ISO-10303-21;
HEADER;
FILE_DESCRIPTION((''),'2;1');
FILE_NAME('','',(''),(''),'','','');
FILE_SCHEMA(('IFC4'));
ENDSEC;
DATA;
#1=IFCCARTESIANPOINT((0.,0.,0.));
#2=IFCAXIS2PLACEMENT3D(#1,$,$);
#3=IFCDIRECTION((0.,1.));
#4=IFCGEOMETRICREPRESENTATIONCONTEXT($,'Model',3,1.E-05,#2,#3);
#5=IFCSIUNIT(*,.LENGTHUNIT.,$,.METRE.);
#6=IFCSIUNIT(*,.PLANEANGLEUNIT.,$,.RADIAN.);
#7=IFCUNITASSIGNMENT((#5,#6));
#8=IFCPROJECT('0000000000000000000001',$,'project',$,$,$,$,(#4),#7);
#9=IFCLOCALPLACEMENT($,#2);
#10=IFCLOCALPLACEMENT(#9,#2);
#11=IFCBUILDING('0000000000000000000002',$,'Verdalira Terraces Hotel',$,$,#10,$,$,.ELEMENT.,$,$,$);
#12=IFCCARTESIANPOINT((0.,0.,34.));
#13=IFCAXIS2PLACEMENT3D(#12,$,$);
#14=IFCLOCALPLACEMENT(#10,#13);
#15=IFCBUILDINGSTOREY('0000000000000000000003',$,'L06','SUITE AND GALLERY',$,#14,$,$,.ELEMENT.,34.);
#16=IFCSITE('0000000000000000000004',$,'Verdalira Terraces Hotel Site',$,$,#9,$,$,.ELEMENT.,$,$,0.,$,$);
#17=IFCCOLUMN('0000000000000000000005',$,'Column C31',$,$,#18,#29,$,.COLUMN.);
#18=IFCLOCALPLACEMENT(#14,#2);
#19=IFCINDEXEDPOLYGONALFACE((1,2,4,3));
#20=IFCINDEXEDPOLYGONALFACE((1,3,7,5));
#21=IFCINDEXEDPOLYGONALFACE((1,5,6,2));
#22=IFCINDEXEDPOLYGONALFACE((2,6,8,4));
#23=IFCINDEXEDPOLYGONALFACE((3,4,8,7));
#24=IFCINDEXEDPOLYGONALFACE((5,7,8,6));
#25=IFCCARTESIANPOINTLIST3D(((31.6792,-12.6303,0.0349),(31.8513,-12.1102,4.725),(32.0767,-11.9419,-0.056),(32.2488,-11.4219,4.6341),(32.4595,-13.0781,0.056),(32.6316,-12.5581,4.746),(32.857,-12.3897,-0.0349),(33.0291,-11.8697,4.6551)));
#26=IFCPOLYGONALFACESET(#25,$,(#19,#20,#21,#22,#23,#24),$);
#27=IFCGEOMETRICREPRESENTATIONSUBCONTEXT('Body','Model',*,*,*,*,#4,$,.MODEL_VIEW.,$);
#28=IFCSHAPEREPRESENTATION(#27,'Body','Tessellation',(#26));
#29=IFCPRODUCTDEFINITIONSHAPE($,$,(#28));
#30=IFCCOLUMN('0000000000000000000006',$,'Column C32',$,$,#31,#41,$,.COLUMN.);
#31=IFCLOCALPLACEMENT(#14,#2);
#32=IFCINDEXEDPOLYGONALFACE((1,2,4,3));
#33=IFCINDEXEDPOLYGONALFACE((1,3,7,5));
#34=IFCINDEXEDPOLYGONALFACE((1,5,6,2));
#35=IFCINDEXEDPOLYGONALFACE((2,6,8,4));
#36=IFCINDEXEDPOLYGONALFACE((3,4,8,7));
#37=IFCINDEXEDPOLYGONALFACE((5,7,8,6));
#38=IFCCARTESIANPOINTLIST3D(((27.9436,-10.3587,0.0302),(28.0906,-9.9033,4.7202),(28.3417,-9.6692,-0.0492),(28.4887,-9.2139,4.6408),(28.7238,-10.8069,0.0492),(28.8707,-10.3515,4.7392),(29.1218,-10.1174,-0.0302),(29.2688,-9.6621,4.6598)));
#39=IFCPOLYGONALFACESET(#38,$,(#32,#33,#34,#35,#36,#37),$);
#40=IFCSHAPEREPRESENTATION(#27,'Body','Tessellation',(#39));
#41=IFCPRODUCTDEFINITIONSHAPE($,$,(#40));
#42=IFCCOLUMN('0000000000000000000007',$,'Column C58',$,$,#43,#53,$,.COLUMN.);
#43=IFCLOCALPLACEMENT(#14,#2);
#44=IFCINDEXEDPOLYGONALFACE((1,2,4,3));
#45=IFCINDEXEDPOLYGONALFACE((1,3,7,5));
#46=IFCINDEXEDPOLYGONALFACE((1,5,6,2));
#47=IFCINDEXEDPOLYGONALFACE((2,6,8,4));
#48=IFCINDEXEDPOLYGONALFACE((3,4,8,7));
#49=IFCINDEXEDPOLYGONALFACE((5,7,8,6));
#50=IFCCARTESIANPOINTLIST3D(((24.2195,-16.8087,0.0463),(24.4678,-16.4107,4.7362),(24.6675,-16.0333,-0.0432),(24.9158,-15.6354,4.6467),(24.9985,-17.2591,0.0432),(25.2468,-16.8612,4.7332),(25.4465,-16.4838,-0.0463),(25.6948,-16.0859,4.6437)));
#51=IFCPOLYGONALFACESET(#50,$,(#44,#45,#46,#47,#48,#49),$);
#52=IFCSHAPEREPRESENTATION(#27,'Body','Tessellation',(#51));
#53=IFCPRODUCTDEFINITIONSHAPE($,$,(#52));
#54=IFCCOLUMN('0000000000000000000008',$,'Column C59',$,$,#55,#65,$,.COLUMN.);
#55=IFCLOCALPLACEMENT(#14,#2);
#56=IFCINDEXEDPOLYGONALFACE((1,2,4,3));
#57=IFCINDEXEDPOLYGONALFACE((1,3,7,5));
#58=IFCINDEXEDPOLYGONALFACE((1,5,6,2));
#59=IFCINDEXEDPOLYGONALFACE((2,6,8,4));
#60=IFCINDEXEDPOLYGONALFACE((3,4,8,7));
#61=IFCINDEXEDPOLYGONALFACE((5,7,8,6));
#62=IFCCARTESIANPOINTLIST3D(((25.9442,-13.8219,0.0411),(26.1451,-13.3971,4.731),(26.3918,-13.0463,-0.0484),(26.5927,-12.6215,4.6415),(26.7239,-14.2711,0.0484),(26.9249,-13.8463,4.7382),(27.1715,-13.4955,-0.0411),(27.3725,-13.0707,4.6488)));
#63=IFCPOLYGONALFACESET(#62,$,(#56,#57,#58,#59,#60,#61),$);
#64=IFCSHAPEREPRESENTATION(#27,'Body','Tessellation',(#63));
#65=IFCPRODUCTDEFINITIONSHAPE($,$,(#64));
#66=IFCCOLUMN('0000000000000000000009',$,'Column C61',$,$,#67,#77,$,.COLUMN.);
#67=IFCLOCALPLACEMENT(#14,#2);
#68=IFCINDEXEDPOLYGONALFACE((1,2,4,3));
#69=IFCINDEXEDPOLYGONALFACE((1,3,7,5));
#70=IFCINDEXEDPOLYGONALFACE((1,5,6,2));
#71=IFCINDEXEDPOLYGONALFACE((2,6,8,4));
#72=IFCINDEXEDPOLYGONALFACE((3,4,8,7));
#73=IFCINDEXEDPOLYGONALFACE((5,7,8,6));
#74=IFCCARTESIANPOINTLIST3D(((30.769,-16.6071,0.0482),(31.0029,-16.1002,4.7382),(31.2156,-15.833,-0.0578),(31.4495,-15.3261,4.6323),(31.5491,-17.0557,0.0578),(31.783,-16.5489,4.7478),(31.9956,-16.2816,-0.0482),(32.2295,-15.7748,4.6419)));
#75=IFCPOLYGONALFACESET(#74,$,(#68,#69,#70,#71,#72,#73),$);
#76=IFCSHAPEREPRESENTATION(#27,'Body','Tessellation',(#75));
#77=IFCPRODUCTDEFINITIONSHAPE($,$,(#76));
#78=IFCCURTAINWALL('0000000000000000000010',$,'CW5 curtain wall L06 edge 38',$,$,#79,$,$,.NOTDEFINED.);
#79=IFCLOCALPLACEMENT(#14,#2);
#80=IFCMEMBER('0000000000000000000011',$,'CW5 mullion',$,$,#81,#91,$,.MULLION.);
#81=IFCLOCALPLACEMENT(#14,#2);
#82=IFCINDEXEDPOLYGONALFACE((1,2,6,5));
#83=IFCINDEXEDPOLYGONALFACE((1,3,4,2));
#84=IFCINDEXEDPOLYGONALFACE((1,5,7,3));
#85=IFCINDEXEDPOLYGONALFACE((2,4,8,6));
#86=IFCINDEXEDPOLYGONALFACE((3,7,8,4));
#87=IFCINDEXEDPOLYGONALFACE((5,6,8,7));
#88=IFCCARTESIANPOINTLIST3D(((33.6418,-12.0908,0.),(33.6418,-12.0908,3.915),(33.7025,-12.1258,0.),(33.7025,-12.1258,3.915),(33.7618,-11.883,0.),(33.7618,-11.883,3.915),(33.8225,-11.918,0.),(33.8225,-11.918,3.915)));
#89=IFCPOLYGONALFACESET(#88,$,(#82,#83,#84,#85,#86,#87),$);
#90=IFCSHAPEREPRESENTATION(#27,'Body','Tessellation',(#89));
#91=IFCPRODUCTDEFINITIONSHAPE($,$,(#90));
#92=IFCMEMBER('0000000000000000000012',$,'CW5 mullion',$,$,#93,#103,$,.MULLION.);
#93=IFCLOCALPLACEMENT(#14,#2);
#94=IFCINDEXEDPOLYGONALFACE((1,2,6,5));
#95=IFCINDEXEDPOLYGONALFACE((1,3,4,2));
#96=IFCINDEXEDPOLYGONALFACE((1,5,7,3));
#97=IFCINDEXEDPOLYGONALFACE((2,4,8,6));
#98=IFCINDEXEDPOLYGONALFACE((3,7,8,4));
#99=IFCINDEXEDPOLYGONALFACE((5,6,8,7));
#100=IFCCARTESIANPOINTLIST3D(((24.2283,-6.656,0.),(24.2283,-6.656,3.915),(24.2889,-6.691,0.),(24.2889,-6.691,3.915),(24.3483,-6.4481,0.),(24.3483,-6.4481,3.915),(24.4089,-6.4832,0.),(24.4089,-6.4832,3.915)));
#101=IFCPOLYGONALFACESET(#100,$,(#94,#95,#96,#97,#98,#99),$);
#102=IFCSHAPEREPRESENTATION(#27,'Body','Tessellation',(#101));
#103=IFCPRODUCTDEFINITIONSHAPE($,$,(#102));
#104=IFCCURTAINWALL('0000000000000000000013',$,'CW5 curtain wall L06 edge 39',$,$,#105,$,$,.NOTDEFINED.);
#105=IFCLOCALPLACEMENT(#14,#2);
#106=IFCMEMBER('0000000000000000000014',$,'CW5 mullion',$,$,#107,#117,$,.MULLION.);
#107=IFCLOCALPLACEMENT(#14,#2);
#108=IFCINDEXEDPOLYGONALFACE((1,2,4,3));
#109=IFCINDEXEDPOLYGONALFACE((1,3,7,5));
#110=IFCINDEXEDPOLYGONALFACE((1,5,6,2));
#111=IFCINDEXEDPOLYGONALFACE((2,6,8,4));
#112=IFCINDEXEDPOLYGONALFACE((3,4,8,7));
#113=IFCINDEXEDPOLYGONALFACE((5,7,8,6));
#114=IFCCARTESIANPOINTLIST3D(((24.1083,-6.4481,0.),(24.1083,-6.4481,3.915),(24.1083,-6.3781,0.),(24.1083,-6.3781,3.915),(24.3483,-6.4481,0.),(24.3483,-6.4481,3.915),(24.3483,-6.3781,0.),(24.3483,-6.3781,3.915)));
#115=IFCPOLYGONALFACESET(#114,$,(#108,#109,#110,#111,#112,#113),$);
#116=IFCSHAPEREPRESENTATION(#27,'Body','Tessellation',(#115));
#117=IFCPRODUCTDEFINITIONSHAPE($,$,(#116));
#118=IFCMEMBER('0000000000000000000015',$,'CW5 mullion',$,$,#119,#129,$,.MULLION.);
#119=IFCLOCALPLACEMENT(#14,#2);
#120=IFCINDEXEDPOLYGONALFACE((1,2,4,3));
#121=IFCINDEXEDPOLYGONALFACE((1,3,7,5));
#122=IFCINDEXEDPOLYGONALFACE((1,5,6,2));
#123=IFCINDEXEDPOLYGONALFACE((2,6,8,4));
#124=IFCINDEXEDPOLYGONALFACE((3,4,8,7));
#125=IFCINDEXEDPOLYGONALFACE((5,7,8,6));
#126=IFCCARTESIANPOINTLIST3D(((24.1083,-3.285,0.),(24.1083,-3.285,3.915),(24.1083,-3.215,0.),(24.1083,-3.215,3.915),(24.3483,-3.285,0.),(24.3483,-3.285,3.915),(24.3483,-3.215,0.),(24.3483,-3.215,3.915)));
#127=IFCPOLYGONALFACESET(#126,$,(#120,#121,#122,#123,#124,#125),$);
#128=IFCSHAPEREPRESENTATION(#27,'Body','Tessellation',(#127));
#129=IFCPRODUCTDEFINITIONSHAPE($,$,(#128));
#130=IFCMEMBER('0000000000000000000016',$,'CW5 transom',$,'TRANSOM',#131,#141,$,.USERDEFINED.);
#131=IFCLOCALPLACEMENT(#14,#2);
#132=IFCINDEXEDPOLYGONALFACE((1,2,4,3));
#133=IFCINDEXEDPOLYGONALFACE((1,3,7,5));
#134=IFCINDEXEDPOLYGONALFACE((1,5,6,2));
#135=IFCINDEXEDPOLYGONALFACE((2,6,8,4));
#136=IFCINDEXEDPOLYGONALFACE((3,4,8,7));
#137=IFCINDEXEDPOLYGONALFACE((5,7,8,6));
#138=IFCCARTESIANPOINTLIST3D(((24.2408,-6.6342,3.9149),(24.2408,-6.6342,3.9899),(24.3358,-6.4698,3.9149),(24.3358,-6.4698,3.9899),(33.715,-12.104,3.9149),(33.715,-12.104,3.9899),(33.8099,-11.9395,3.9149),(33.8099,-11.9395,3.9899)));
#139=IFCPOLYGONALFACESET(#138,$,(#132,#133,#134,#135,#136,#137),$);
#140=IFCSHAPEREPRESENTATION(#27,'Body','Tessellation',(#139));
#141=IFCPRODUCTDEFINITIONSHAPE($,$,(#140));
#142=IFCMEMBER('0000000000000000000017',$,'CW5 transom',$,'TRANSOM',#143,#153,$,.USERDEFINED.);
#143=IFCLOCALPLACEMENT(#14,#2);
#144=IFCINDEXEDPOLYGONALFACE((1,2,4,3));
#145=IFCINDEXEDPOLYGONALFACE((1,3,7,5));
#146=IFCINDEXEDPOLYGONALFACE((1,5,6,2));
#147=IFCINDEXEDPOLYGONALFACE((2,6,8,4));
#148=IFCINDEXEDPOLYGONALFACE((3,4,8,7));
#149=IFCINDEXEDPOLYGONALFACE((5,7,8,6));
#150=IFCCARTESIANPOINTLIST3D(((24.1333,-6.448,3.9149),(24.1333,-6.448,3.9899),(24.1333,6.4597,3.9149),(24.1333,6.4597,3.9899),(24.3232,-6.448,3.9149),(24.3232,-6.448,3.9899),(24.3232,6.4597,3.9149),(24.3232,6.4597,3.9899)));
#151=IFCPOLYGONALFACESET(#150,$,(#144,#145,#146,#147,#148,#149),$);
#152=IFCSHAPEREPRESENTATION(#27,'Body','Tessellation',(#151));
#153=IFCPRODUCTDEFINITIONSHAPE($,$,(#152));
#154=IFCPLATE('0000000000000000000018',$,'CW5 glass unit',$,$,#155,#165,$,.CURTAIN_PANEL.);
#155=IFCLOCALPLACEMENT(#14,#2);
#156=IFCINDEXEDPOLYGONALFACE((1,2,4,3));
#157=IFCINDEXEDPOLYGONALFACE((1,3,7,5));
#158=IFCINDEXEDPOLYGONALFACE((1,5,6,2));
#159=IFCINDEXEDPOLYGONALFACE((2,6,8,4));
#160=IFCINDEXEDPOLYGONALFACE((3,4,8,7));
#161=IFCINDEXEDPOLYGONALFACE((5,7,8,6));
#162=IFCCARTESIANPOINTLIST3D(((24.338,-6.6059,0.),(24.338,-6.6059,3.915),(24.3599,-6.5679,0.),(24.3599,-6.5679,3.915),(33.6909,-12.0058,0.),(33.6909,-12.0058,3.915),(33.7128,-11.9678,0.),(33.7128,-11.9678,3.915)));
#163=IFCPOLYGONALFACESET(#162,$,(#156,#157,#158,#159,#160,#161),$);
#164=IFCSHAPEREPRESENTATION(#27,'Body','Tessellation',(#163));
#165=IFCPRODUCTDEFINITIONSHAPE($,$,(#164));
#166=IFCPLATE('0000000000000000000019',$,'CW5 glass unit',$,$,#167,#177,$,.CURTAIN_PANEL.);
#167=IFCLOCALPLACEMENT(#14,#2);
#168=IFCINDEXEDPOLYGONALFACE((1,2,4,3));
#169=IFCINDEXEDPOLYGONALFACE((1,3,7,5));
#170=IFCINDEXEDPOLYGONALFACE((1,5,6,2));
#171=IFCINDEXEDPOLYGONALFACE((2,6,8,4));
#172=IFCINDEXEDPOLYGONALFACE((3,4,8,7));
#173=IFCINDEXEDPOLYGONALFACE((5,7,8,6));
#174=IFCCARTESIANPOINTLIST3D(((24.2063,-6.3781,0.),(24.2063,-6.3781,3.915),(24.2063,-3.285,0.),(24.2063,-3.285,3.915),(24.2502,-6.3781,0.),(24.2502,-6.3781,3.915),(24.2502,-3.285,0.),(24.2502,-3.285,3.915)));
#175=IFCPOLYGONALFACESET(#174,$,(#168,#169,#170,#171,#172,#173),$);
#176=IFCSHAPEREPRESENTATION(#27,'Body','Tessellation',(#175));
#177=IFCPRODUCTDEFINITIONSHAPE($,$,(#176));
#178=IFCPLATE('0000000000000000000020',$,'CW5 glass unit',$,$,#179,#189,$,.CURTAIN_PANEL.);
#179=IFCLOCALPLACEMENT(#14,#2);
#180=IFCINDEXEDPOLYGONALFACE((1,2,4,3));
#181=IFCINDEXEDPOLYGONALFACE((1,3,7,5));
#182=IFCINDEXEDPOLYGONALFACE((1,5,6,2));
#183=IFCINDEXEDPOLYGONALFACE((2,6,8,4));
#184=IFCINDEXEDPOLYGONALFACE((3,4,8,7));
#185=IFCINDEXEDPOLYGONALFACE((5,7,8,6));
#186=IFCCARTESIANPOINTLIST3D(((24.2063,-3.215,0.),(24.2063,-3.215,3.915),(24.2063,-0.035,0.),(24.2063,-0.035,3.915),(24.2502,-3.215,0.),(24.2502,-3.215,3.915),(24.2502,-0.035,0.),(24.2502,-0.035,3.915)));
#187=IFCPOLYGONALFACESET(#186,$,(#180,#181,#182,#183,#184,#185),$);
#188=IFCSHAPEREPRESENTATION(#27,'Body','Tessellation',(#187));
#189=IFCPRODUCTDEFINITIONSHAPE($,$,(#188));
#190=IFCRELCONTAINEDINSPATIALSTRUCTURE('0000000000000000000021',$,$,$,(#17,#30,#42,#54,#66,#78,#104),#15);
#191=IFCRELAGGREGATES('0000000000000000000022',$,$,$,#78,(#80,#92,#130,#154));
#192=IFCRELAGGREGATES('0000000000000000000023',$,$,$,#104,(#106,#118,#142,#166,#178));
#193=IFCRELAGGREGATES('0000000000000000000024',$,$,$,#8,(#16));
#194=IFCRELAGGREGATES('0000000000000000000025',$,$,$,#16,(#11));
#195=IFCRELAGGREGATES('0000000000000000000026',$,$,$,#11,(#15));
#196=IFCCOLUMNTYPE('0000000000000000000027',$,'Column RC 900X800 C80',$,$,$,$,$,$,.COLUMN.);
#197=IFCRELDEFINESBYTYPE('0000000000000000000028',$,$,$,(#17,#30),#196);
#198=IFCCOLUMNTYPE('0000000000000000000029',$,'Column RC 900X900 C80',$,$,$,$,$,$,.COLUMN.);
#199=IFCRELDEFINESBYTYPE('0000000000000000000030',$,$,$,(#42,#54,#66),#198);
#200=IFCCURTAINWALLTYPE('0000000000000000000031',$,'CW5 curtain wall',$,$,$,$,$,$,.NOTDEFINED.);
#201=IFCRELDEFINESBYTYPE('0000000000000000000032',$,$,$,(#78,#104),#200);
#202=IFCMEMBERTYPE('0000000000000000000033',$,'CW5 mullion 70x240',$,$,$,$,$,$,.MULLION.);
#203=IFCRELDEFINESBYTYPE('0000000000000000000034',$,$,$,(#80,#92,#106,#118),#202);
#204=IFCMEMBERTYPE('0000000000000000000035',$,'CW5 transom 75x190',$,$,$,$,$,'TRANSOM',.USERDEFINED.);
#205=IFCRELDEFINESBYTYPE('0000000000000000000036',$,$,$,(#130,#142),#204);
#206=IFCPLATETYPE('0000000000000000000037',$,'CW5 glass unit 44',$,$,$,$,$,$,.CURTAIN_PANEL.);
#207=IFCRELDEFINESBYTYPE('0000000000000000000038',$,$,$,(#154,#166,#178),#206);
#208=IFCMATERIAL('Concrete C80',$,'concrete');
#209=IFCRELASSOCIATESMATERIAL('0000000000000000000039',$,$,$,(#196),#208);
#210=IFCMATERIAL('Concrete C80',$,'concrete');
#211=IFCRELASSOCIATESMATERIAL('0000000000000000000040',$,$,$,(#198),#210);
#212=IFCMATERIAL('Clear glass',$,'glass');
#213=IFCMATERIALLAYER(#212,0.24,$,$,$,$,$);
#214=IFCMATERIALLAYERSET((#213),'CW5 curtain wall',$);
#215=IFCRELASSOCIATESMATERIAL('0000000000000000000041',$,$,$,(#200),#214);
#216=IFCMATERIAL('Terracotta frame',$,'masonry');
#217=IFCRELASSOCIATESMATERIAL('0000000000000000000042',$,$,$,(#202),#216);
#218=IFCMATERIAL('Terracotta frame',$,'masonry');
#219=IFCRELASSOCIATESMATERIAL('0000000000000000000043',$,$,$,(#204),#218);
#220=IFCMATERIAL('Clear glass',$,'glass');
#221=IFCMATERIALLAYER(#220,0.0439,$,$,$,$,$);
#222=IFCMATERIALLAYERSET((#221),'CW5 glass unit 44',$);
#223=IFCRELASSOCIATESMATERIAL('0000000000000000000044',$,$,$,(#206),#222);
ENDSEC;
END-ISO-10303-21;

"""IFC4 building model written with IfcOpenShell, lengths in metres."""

from ifc_helpers import new_model, si_unit, direction, frame, origin, origin_2d, place, context, subcontext, project, spatial, rectangle, extrude, material, layer, layer_set, material_profile, profile_set, type_object, element, aggregate, save


model = new_model("IFC4")

# Units and contexts
model_context = context("Model", 3, precision=1e-05, world=origin(), true_north=direction((0.0, 1.0)))
body_context = subcontext(model_context, "Body", "Model", "MODEL_VIEW")
ifc_project = project(units=[si_unit("LENGTHUNIT", "METRE"), si_unit("PLANEANGLEUNIT", "RADIAN")], contexts=[model_context])

# Site, building, storey
site_placement = place(None, origin())
site = spatial("IfcSite", under=ifc_project, at=site_placement, Name="Verdalira Terraces Hotel Site", CompositionType="ELEMENT", RefElevation=0.0)
building_placement = place(site_placement, origin())
building = spatial("IfcBuilding", under=site, at=building_placement, Name="Verdalira Terraces Hotel", CompositionType="ELEMENT")
storey_placement = place(building_placement, frame((0.0, 0.0, 34.0)))
storey = spatial("IfcBuildingStorey", under=building, at=storey_placement, Name="L06", Description="SUITE AND GALLERY", CompositionType="ELEMENT", Elevation=34.0)

# Columns
ifc_material_1 = material(Name="Concrete C80", Category="concrete")
ifc_material_profile_1 = material_profile(ifc_material_1, rectangle(XDim=0.8999, YDim=0.8, at=origin_2d()), Name="RC 900X800")
ifc_profile_set_1 = profile_set([ifc_material_profile_1], Name="Concrete C80")
column_type_1 = type_object("IfcColumnType", Name="Column RC 900X800 C80", PredefinedType="COLUMN", material=ifc_profile_set_1)
column_1_placement = place(storey_placement, frame((32.2681, -12.51, 0.0), z_axis=(0.036452, 0.110131, 0.993248), x_axis=(-0.867079, 0.497623, -0.023355)))
element("IfcColumn", 1, at=column_1_placement, inside=storey, type_object=column_type_1, Name="Column C31", PredefinedType="COLUMN", context=body_context, shape_type="SweptSolid", body=[
    extrude(rectangle(XDim=0.8999, YDim=0.8, at=origin_2d()), origin(), (0.0, 0.0, 1.0), 4.7219),
])
column_2_placement = place(storey_placement, frame((28.5327, -10.238, 0.0), z_axis=(0.031176, 0.096584, 0.994837), x_axis=(-0.86689, 0.49805, -0.021187)))
element("IfcColumn", 2, at=column_2_placement, inside=storey, type_object=column_type_1, Name="Column C32", PredefinedType="COLUMN", context=body_context, shape_type="SweptSolid", body=[
    extrude(rectangle(XDim=0.8999, YDim=0.8, at=origin_2d()), origin(), (0.0, 0.0, 1.0), 4.7144),
])
ifc_material_2 = material(Name="Concrete C80", Category="concrete")
ifc_material_profile_2 = material_profile(ifc_material_2, rectangle(XDim=0.8999, YDim=0.8999, at=origin_2d()), Name="RC 900X900")
ifc_profile_set_2 = profile_set([ifc_material_profile_2], Name="Concrete C80")
column_type_2 = type_object("IfcColumnType", Name="Column RC 900X900 C80", PredefinedType="COLUMN", material=ifc_profile_set_2)
for number, where, z_axis, x_axis, name in (
    (3, (24.833, -16.6462, 0.0), (0.052678, 0.08443, 0.995036), (0.865686, -0.500576, -0.003356), "Column C58"),
    (4, (26.5579, -13.6587, 0.0), (0.042629, 0.090127, 0.995018), (0.866489, -0.49913, 0.008088), "Column C59"),
):
    element("IfcColumn", number, at=place(storey_placement, frame(where, z_axis=z_axis, x_axis=x_axis)), inside=storey, type_object=column_type_2, Name=name, PredefinedType="COLUMN", context=body_context, shape_type="SweptSolid", body=[
        extrude(rectangle(XDim=0.8999, YDim=0.8999, at=origin_2d()), origin(), (0.0, 0.0, 1.0), 4.7134),
    ])
column_3_placement = place(storey_placement, frame((31.3823, -16.4443, 0.0), z_axis=(0.04952, 0.107311, 0.992991), x_axis=(0.866793, -0.498555, 0.010651)))
element("IfcColumn", 5, at=column_3_placement, inside=storey, type_object=column_type_2, Name="Column C61", PredefinedType="COLUMN", context=body_context, shape_type="SweptSolid", body=[
    extrude(rectangle(XDim=0.8999, YDim=0.8999, at=origin_2d()), origin(), (0.0, 0.0, 1.0), 4.7231),
])

# Curtain walls, members
ifc_material_3 = material(Name="Clear glass", Category="glass")
ifc_layer_1 = layer(ifc_material_3, 0.24)
ifc_layer_set_1 = layer_set([ifc_layer_1], Name="CW5 curtain wall")
curtain_wall_type = type_object("IfcCurtainWallType", Name="CW5 curtain wall", PredefinedType="NOTDEFINED", material=ifc_layer_set_1)
curtain_wall_1_placement = place(storey_placement, origin())
curtain_wall_1 = element("IfcCurtainWall", 6, at=curtain_wall_1_placement, inside=storey, type_object=curtain_wall_type, Name="CW5 curtain wall L06 edge 38", PredefinedType="NOTDEFINED")
ifc_material_4 = material(Name="Terracotta frame", Category="masonry")
ifc_material_profile_3 = material_profile(ifc_material_4, rectangle(XDim=0.0701, YDim=0.24, at=origin_2d()), Name="MU 70x240")
ifc_profile_set_3 = profile_set([ifc_material_profile_3], Name="Terracotta frame")
member_type_1 = type_object("IfcMemberType", Name="CW5 mullion 70x240", PredefinedType="MULLION", material=ifc_profile_set_3)
member_1_placement = place(storey_placement, frame((33.7322, -12.0044, 0.0), z_axis=(0.0, 0.0, 1.0), x_axis=(-0.866025, 0.5, 0.0)))
member_1 = element("IfcMember", 7, at=member_1_placement, type_object=member_type_1, Name="CW5 mullion", PredefinedType="MULLION", context=body_context, shape_type="SweptSolid", body=[
    extrude(rectangle(XDim=0.0701, YDim=0.24, at=origin_2d()), origin(), (0.0, 0.0, 1.0), 3.915),
])
member_2_placement = place(storey_placement, frame((24.3186, -6.5696, 0.0), z_axis=(0.0, 0.0, 1.0), x_axis=(-0.866025, 0.5, 0.0)))
member_2 = element("IfcMember", 8, at=member_2_placement, type_object=member_type_1, Name="CW5 mullion", PredefinedType="MULLION", context=body_context, shape_type="SweptSolid", body=[
    extrude(rectangle(XDim=0.0701, YDim=0.24, at=origin_2d()), origin(), (0.0, 0.0, 1.0), 3.915),
])
curtain_wall_2_placement = place(storey_placement, origin())
curtain_wall_2 = element("IfcCurtainWall", 9, at=curtain_wall_2_placement, inside=storey, type_object=curtain_wall_type, Name="CW5 curtain wall L06 edge 39", PredefinedType="NOTDEFINED")
member_3_placement = place(storey_placement, frame((24.2283, -6.4131, 0.0), z_axis=(0.0, 0.0, 1.0), x_axis=(0.0, 1.0, 0.0)))
member_3 = element("IfcMember", 10, at=member_3_placement, type_object=member_type_1, Name="CW5 mullion", PredefinedType="MULLION", context=body_context, shape_type="SweptSolid", body=[
    extrude(rectangle(XDim=0.0701, YDim=0.24, at=origin_2d()), origin(), (0.0, 0.0, 1.0), 3.915),
])
member_4_placement = place(storey_placement, frame((24.2283, -3.25, 0.0), z_axis=(0.0, 0.0, 1.0), x_axis=(0.0, 1.0, 0.0)))
member_4 = element("IfcMember", 11, at=member_4_placement, type_object=member_type_1, Name="CW5 mullion", PredefinedType="MULLION", context=body_context, shape_type="SweptSolid", body=[
    extrude(rectangle(XDim=0.0701, YDim=0.24, at=origin_2d()), origin(), (0.0, 0.0, 1.0), 3.915),
])

# Members
ifc_material_5 = material(Name="Terracotta frame", Category="masonry")
ifc_material_profile_4 = material_profile(ifc_material_5, rectangle(XDim=0.1899, YDim=0.075, at=origin_2d()), Name="TR 75x190")
ifc_profile_set_4 = profile_set([ifc_material_profile_4], Name="Terracotta frame")
member_type_2 = type_object("IfcMemberType", Name="CW5 transom 75x190", ElementType="TRANSOM", PredefinedType="USERDEFINED", material=ifc_profile_set_4)
member_5_placement = place(storey_placement, frame((33.7625, -12.0217, 3.9524), z_axis=(-0.866032, 0.499989, 0.0), x_axis=(-0.499989, -0.866032, 0.0)))
member_5 = element("IfcMember", 12, at=member_5_placement, type_object=member_type_2, Name="CW5 transom", ObjectType="TRANSOM", PredefinedType="USERDEFINED", context=body_context, shape_type="SweptSolid", body=[
    extrude(rectangle(XDim=0.1899, YDim=0.075, at=origin_2d()), origin(), (0.0, 0.0, 1.0), 10.9397),
])
member_6_placement = place(storey_placement, frame((24.2283, -6.448, 3.9524), z_axis=(0.0, 1.0, 0.0), x_axis=(-1.0, 0.0, 0.0)))
member_6 = element("IfcMember", 13, at=member_6_placement, type_object=member_type_2, Name="CW5 transom", ObjectType="TRANSOM", PredefinedType="USERDEFINED", context=body_context, shape_type="SweptSolid", body=[
    extrude(rectangle(XDim=0.1899, YDim=0.075, at=origin_2d()), origin(), (0.0, 0.0, 1.0), 12.9077),
])

# Plates
ifc_material_6 = material(Name="Clear glass", Category="glass")
ifc_layer_2 = layer(ifc_material_6, 0.0439)
ifc_layer_set_2 = layer_set([ifc_layer_2], Name="CW5 glass unit 44")
plate_type = type_object("IfcPlateType", Name="CW5 glass unit 44", PredefinedType="CURTAIN_PANEL", material=ifc_layer_set_2)
plate_1_placement = place(storey_placement, frame((29.0254, -9.2869, 0.0), z_axis=(0.0, 0.0, 1.0), x_axis=(-0.866025, 0.5, 0.0)))
plate_1 = element("IfcPlate", 14, at=plate_1_placement, type_object=plate_type, Name="CW5 glass unit", PredefinedType="CURTAIN_PANEL", context=body_context, shape_type="SweptSolid", body=[
    extrude(rectangle(XDim=10.7998, YDim=0.0439, at=origin_2d()), origin(), (0.0, 0.0, 1.0), 3.915),
])
aggregate(curtain_wall_1, [member_1, member_2, member_5, plate_1])
plate_2_placement = place(storey_placement, frame((24.2283, -4.8315, 0.0), z_axis=(0.0, 0.0, 1.0), x_axis=(0.0, 1.0, 0.0)))
plate_2 = element("IfcPlate", 15, at=plate_2_placement, type_object=plate_type, Name="CW5 glass unit", PredefinedType="CURTAIN_PANEL", context=body_context, shape_type="SweptSolid", body=[
    extrude(rectangle(XDim=3.093, YDim=0.0439, at=origin_2d()), origin(), (0.0, 0.0, 1.0), 3.915),
])
plate_3_placement = place(storey_placement, frame((24.2283, -1.625, 0.0), z_axis=(0.0, 0.0, 1.0), x_axis=(0.0, 1.0, 0.0)))
plate_3 = element("IfcPlate", 16, at=plate_3_placement, type_object=plate_type, Name="CW5 glass unit", PredefinedType="CURTAIN_PANEL", context=body_context, shape_type="SweptSolid", body=[
    extrude(rectangle(XDim=3.1799, YDim=0.0439, at=origin_2d()), origin(), (0.0, 0.0, 1.0), 3.915),
])
aggregate(curtain_wall_2, [member_3, member_4, member_6, plate_2, plate_3])

save(model, "model.ifc")
